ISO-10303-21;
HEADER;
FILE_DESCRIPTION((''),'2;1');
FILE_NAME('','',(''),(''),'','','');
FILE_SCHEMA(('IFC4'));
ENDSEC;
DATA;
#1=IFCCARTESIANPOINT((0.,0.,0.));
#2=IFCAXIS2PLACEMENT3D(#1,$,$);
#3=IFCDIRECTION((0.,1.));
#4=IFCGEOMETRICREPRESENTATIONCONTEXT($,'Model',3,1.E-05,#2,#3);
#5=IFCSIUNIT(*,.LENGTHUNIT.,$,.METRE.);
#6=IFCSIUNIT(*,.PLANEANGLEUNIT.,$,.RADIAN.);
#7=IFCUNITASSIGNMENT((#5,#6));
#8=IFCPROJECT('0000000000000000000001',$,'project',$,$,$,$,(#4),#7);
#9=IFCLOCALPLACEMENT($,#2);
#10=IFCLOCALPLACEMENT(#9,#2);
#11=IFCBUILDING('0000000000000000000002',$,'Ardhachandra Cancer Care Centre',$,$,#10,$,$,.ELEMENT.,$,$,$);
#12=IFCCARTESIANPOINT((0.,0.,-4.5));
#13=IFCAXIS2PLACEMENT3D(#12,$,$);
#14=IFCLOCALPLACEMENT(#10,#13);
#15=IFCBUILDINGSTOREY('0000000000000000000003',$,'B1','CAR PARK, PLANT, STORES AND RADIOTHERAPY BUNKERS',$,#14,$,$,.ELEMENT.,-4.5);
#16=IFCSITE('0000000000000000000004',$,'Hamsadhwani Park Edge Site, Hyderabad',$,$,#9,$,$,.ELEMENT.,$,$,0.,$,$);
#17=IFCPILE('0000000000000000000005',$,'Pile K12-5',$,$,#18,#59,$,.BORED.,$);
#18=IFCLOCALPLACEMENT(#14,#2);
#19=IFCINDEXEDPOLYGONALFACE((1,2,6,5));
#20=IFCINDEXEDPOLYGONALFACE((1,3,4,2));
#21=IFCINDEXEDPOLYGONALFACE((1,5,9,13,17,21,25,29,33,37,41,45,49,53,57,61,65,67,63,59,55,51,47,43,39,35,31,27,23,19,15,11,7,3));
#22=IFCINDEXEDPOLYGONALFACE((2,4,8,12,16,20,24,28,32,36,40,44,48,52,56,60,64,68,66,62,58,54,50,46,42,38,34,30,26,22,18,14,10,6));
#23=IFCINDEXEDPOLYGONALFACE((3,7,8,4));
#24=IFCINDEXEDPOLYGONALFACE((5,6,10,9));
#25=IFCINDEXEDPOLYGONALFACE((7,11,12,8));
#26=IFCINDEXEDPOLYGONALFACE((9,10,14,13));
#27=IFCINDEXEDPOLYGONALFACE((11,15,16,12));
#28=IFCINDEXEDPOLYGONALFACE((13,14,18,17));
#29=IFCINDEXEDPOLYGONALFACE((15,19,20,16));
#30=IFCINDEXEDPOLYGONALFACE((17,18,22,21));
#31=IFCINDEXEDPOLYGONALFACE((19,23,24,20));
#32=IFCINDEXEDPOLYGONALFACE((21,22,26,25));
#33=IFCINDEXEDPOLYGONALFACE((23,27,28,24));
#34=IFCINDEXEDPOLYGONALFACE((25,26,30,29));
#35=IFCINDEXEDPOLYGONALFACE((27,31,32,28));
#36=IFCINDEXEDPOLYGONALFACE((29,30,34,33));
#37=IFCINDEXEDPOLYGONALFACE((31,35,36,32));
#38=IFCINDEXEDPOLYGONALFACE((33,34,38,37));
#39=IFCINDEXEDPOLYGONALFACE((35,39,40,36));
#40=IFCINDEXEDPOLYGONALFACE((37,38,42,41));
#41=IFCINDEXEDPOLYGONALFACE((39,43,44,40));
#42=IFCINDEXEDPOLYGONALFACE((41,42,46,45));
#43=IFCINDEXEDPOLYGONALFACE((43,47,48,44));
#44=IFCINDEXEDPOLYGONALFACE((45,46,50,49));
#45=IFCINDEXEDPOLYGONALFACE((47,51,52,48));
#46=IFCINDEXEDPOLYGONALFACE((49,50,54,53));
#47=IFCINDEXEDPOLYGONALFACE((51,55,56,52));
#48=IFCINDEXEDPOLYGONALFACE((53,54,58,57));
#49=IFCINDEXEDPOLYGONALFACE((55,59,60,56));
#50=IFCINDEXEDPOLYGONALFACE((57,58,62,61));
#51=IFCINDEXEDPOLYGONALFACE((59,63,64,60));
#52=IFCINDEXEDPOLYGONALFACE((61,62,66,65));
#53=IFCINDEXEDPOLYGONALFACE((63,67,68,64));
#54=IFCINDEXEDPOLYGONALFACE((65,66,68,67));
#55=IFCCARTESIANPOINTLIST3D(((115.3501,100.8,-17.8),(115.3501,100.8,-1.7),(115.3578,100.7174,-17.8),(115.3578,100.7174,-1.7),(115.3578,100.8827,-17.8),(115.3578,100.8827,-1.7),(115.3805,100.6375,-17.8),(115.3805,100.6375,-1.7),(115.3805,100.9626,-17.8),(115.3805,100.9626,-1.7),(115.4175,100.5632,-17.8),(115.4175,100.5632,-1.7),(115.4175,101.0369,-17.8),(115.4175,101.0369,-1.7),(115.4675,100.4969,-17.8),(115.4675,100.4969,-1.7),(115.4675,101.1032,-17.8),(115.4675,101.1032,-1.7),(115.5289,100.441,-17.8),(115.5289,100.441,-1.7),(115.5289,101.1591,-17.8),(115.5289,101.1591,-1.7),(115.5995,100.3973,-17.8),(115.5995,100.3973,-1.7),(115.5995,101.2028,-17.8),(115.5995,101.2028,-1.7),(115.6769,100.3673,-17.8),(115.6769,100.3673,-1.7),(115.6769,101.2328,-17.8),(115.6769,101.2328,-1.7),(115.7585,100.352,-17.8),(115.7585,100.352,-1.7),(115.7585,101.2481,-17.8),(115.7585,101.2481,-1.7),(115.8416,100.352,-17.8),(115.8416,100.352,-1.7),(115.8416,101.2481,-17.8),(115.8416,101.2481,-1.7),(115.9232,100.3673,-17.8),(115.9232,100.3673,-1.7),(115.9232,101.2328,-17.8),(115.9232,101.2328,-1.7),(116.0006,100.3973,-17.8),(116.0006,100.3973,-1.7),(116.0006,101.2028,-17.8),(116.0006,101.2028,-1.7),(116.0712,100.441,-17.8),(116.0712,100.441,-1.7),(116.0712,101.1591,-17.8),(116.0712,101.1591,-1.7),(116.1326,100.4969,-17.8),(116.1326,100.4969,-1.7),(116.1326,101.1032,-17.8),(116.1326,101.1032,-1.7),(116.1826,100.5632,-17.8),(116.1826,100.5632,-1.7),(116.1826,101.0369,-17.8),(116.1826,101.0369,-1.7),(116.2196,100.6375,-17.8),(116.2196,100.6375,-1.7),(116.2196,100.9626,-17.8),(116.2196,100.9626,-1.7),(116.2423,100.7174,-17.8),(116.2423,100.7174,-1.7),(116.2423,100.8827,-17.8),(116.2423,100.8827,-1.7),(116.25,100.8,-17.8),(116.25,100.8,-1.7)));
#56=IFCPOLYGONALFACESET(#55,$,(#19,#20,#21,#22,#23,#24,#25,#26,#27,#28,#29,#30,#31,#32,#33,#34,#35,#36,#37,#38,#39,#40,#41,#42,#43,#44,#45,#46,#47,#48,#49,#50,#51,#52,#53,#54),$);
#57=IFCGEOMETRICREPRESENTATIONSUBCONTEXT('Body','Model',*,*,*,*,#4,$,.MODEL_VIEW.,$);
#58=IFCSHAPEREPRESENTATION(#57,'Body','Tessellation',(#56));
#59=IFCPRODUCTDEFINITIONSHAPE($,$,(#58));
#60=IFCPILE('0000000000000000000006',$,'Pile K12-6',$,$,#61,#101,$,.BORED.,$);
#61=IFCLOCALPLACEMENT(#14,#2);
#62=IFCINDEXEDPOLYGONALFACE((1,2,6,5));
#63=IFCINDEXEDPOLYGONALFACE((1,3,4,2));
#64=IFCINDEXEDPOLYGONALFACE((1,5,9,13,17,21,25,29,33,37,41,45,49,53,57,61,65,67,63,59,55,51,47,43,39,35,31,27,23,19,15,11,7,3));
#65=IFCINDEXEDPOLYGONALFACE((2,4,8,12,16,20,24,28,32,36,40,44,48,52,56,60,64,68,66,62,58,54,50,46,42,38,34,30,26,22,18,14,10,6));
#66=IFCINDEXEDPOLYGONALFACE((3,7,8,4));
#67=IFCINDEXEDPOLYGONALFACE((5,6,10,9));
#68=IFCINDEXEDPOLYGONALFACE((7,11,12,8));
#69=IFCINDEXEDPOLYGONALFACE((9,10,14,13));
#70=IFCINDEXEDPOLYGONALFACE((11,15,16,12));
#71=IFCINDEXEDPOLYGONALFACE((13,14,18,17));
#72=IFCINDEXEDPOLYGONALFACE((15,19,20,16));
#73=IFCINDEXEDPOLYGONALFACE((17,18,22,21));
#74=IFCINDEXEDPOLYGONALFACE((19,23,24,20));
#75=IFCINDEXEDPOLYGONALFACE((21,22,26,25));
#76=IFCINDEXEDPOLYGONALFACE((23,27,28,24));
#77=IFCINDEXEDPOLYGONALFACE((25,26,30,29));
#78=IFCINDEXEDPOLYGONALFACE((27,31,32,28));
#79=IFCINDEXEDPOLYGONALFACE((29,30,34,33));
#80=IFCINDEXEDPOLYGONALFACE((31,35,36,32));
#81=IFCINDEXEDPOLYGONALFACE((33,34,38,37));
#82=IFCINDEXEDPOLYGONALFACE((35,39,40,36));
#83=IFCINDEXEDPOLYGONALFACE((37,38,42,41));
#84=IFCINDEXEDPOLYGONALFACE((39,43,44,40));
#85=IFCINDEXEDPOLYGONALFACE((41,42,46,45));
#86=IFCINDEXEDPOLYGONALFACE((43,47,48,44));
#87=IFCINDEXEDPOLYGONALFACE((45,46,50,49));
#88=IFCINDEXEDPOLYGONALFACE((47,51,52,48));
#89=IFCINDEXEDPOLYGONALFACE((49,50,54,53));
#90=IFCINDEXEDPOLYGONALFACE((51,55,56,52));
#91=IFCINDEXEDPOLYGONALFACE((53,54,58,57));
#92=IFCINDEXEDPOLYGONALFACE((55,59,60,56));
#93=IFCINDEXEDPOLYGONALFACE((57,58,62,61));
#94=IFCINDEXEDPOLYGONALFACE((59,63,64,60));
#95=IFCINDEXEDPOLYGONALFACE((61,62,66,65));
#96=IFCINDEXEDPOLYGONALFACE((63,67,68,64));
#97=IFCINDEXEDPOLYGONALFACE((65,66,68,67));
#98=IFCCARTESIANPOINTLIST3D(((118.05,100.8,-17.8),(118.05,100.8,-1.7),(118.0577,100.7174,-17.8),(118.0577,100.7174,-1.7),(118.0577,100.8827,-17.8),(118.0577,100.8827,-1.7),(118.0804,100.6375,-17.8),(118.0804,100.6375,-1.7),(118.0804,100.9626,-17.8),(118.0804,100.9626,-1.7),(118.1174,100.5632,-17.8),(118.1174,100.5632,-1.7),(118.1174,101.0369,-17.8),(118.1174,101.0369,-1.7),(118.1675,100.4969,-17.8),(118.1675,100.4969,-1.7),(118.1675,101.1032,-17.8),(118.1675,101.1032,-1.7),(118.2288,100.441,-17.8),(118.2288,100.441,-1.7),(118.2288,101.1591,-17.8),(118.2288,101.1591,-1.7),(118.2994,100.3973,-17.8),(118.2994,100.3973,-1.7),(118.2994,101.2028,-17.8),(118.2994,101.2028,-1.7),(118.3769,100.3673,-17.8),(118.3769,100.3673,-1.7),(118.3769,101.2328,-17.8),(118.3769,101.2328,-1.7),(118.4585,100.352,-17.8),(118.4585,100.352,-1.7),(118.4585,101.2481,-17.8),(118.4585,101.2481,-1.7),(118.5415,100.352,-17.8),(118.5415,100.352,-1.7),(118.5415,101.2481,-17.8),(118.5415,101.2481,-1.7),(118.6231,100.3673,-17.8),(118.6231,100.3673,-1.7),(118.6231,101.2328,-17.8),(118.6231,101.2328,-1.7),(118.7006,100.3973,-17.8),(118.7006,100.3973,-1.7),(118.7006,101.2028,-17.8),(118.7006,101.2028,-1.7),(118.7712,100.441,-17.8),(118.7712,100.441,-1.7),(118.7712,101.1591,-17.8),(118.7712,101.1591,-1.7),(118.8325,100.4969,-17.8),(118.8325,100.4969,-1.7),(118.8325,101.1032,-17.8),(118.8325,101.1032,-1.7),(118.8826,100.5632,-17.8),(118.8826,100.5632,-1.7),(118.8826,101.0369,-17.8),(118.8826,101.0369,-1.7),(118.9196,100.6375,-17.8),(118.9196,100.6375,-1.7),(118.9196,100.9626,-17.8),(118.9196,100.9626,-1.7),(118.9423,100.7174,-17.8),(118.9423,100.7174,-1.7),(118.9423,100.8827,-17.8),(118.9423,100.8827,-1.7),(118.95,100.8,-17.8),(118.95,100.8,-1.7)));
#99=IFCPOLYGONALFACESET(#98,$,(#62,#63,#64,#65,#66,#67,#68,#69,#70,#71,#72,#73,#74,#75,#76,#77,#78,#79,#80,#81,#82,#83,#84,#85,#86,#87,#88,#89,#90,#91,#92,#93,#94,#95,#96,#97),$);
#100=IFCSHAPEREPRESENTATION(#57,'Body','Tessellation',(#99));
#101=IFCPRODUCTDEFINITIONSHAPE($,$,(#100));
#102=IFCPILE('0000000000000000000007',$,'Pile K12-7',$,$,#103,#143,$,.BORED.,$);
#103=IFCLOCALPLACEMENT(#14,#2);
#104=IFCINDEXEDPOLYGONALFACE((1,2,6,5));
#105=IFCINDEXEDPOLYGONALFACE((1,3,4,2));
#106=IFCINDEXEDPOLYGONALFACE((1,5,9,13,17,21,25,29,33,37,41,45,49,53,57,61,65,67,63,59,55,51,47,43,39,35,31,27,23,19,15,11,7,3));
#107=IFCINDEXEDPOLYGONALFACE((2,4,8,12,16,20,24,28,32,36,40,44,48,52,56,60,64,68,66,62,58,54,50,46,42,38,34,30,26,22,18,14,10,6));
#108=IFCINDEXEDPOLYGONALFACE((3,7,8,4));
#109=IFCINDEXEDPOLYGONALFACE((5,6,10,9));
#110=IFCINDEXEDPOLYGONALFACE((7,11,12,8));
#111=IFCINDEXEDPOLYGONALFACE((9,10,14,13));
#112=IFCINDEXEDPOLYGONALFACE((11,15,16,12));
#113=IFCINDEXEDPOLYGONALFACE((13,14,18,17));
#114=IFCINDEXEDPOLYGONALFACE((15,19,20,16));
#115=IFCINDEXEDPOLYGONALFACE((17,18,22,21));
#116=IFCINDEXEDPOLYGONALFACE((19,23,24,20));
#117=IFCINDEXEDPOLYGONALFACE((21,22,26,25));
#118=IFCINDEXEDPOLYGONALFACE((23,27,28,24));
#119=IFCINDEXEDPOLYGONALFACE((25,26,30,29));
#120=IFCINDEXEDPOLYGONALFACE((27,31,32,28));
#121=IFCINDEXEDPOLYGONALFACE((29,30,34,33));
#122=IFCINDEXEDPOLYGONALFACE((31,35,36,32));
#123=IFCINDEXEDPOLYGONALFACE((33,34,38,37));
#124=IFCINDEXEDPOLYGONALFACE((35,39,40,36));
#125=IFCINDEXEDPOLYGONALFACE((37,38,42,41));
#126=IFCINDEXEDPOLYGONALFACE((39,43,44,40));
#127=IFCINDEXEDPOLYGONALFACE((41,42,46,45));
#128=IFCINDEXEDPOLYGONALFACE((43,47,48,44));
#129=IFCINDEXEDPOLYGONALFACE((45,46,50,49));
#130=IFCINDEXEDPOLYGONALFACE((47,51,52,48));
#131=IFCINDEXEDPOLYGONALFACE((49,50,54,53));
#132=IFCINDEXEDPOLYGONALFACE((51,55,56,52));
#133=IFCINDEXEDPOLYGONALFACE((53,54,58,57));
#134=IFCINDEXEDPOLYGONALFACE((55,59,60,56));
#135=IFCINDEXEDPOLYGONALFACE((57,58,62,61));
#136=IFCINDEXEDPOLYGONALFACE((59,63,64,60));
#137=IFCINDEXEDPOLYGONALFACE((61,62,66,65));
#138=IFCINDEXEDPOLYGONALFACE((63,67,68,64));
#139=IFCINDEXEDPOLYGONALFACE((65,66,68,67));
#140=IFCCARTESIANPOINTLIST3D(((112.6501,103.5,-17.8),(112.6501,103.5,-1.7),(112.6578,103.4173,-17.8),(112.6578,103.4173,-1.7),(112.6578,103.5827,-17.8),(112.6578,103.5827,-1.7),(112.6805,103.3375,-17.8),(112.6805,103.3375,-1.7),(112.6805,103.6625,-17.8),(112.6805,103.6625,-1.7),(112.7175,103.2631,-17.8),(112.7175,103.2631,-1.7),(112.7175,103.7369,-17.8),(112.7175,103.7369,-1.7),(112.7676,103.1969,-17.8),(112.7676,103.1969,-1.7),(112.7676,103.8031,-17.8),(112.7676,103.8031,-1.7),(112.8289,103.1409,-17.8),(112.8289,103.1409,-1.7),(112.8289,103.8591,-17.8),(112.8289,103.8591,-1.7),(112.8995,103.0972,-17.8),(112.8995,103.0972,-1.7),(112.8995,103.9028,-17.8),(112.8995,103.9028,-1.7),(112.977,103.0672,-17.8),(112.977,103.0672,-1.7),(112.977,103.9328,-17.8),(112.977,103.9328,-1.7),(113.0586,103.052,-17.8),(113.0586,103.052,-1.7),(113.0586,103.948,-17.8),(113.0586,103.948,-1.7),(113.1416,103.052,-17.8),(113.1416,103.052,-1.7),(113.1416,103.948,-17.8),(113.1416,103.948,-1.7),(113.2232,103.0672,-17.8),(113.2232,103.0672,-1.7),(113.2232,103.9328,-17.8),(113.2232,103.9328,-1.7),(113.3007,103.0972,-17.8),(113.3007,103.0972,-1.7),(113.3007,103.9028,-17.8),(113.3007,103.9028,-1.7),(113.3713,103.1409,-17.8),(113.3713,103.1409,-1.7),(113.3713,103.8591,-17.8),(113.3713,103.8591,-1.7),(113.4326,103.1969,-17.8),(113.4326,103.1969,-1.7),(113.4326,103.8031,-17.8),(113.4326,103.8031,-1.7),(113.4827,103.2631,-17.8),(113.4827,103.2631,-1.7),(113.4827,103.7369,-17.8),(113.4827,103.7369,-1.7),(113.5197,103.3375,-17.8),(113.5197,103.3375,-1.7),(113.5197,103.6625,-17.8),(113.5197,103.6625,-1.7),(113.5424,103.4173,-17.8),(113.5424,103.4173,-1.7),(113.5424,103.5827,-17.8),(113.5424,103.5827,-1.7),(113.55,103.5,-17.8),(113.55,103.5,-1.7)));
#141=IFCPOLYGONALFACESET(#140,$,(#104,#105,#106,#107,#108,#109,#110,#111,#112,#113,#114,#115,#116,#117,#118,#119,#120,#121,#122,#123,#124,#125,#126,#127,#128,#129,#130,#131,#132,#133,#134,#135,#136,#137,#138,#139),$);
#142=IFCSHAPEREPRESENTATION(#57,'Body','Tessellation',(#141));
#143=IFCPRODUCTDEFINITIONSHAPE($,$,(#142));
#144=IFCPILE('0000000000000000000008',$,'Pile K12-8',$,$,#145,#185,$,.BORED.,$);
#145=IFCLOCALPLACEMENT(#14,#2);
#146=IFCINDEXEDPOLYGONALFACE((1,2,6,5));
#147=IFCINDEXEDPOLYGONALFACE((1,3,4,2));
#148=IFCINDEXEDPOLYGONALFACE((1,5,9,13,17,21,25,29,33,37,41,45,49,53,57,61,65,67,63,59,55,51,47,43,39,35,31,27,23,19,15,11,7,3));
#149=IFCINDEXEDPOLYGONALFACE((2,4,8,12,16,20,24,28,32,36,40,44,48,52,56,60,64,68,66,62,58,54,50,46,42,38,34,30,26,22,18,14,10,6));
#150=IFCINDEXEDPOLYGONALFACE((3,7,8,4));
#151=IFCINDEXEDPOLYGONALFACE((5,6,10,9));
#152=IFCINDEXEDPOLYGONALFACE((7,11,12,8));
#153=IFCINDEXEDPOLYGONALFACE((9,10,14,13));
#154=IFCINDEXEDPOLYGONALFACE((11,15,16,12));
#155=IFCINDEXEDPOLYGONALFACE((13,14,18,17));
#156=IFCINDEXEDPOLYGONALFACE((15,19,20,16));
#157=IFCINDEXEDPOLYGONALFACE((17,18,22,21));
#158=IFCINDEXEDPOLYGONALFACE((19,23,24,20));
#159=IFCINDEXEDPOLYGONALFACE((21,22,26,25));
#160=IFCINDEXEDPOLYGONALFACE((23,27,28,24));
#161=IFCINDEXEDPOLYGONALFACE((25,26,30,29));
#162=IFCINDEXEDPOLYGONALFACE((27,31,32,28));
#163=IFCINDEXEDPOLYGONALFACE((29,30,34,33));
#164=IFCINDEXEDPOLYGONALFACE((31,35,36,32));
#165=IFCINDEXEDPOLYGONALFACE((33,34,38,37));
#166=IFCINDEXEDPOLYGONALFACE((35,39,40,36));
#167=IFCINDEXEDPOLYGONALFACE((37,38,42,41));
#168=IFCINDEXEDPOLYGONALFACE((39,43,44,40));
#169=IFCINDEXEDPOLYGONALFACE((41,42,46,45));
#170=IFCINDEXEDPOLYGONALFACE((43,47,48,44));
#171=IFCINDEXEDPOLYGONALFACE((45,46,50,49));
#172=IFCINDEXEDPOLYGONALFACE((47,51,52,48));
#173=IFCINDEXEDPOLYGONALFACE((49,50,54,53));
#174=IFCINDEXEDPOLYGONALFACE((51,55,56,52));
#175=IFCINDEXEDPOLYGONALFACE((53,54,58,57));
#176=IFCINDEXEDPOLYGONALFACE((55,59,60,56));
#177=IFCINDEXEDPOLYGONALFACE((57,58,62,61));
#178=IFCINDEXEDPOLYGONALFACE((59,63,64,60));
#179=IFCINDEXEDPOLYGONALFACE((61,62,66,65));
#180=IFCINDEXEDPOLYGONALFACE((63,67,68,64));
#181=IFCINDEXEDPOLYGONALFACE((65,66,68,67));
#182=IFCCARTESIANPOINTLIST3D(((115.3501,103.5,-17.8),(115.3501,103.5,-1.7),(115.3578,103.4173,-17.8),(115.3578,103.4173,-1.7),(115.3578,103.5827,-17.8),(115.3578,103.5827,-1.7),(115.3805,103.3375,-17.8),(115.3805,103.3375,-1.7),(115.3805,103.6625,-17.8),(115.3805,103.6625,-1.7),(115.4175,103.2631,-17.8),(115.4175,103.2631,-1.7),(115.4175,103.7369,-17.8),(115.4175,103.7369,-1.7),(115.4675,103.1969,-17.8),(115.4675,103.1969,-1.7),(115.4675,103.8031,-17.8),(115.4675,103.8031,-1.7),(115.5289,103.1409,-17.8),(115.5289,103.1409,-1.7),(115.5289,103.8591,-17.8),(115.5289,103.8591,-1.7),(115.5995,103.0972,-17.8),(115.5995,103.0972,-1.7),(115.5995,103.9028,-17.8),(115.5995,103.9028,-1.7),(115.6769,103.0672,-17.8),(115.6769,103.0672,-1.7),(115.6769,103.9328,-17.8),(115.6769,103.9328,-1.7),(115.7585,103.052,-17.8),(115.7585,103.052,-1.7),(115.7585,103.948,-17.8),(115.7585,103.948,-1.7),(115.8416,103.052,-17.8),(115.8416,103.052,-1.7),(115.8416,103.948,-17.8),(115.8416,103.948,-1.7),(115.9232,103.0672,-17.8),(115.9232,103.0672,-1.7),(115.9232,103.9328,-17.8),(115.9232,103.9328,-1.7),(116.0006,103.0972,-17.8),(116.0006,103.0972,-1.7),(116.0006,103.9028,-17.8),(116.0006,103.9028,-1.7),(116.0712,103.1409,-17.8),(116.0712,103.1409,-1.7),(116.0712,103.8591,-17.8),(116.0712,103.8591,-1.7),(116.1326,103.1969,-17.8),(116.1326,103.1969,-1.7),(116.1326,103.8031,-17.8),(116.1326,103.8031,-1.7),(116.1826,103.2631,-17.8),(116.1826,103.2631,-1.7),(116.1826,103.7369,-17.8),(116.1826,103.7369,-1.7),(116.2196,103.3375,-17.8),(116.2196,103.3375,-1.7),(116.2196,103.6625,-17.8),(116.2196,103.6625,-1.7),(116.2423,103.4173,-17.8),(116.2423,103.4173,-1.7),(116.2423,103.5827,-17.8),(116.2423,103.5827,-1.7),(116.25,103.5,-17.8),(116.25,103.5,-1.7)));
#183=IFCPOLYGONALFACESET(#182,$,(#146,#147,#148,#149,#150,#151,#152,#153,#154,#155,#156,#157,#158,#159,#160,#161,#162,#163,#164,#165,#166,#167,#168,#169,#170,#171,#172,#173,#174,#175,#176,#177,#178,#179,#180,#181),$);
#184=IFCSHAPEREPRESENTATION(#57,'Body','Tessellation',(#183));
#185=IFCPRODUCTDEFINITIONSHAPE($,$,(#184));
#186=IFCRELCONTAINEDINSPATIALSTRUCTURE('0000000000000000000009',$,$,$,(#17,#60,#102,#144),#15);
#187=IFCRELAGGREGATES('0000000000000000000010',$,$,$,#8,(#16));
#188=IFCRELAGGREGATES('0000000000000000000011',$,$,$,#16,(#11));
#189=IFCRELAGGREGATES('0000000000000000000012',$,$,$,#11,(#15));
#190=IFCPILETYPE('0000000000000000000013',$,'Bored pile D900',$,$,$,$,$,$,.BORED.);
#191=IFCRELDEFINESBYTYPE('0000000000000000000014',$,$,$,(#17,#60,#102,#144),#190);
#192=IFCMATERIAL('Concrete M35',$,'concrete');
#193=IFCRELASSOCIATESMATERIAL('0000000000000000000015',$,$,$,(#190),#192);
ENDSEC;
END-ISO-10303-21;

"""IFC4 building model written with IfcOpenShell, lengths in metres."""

from ifc_helpers import new_model, si_unit, direction, frame, origin, origin_2d, place, context, subcontext, project, spatial, circle, extrude, material, material_profile, profile_set, type_object, element, save


model = new_model("IFC4")

# Units and contexts
model_context = context("Model", 3, precision=1e-05, world=origin(), true_north=direction((0.0, 1.0)))
body_context = subcontext(model_context, "Body", "Model", "MODEL_VIEW")
ifc_project = project(units=[si_unit("LENGTHUNIT", "METRE"), si_unit("PLANEANGLEUNIT", "RADIAN")], contexts=[model_context])

# Site, building, storey
site_placement = place(None, origin())
site = spatial("IfcSite", under=ifc_project, at=site_placement, Name="Hamsadhwani Park Edge Site, Hyderabad", CompositionType="ELEMENT", RefElevation=0.0)
building_placement = place(site_placement, origin())
building = spatial("IfcBuilding", under=site, at=building_placement, Name="Ardhachandra Cancer Care Centre", CompositionType="ELEMENT")
storey_placement = place(building_placement, frame((0.0, 0.0, -4.5)))
storey = spatial("IfcBuildingStorey", under=building, at=storey_placement, Name="B1", Description="CAR PARK, PLANT, STORES AND RADIOTHERAPY BUNKERS", CompositionType="ELEMENT", Elevation=-4.5)

# Piles
ifc_material_1 = material(Name="Concrete M35", Category="concrete")
ifc_material_profile = material_profile(ifc_material_1, circle(Radius=0.45, at=origin_2d()), Name="D900")
ifc_profile_set = profile_set([ifc_material_profile], Name="Concrete M35")
pile_type = type_object("IfcPileType", Name="Bored pile D900", PredefinedType="BORED", material=ifc_profile_set)
for number, where, z_axis, x_axis, name in (
    (1, (115.8, 100.8, -1.7), (0.0, 0.0, -1.0), (1.0, 0.0, 0.0), "Pile K12-5"),
    (2, (118.5, 100.8, -1.7), (0.0, 0.0, -1.0), (1.0, 0.0, 0.0), "Pile K12-6"),
    (3, (113.1001, 103.5, -1.7), (0.0, 0.0, -1.0), (1.0, 0.0, 0.0), "Pile K12-7"),
    (4, (115.8, 103.5, -1.7), (0.0, 0.0, -1.0), (1.0, 0.0, 0.0), "Pile K12-8"),
):
    element("IfcPile", number, at=place(storey_placement, frame(where, z_axis=z_axis, x_axis=x_axis)), inside=storey, type_object=pile_type, Name=name, PredefinedType="BORED", context=body_context, shape_type="SweptSolid", body=[
        extrude(circle(Radius=0.45, at=origin_2d()), origin(), (0.0, 0.0, 1.0), 16.1001),
    ])

save(model, "model.ifc")
